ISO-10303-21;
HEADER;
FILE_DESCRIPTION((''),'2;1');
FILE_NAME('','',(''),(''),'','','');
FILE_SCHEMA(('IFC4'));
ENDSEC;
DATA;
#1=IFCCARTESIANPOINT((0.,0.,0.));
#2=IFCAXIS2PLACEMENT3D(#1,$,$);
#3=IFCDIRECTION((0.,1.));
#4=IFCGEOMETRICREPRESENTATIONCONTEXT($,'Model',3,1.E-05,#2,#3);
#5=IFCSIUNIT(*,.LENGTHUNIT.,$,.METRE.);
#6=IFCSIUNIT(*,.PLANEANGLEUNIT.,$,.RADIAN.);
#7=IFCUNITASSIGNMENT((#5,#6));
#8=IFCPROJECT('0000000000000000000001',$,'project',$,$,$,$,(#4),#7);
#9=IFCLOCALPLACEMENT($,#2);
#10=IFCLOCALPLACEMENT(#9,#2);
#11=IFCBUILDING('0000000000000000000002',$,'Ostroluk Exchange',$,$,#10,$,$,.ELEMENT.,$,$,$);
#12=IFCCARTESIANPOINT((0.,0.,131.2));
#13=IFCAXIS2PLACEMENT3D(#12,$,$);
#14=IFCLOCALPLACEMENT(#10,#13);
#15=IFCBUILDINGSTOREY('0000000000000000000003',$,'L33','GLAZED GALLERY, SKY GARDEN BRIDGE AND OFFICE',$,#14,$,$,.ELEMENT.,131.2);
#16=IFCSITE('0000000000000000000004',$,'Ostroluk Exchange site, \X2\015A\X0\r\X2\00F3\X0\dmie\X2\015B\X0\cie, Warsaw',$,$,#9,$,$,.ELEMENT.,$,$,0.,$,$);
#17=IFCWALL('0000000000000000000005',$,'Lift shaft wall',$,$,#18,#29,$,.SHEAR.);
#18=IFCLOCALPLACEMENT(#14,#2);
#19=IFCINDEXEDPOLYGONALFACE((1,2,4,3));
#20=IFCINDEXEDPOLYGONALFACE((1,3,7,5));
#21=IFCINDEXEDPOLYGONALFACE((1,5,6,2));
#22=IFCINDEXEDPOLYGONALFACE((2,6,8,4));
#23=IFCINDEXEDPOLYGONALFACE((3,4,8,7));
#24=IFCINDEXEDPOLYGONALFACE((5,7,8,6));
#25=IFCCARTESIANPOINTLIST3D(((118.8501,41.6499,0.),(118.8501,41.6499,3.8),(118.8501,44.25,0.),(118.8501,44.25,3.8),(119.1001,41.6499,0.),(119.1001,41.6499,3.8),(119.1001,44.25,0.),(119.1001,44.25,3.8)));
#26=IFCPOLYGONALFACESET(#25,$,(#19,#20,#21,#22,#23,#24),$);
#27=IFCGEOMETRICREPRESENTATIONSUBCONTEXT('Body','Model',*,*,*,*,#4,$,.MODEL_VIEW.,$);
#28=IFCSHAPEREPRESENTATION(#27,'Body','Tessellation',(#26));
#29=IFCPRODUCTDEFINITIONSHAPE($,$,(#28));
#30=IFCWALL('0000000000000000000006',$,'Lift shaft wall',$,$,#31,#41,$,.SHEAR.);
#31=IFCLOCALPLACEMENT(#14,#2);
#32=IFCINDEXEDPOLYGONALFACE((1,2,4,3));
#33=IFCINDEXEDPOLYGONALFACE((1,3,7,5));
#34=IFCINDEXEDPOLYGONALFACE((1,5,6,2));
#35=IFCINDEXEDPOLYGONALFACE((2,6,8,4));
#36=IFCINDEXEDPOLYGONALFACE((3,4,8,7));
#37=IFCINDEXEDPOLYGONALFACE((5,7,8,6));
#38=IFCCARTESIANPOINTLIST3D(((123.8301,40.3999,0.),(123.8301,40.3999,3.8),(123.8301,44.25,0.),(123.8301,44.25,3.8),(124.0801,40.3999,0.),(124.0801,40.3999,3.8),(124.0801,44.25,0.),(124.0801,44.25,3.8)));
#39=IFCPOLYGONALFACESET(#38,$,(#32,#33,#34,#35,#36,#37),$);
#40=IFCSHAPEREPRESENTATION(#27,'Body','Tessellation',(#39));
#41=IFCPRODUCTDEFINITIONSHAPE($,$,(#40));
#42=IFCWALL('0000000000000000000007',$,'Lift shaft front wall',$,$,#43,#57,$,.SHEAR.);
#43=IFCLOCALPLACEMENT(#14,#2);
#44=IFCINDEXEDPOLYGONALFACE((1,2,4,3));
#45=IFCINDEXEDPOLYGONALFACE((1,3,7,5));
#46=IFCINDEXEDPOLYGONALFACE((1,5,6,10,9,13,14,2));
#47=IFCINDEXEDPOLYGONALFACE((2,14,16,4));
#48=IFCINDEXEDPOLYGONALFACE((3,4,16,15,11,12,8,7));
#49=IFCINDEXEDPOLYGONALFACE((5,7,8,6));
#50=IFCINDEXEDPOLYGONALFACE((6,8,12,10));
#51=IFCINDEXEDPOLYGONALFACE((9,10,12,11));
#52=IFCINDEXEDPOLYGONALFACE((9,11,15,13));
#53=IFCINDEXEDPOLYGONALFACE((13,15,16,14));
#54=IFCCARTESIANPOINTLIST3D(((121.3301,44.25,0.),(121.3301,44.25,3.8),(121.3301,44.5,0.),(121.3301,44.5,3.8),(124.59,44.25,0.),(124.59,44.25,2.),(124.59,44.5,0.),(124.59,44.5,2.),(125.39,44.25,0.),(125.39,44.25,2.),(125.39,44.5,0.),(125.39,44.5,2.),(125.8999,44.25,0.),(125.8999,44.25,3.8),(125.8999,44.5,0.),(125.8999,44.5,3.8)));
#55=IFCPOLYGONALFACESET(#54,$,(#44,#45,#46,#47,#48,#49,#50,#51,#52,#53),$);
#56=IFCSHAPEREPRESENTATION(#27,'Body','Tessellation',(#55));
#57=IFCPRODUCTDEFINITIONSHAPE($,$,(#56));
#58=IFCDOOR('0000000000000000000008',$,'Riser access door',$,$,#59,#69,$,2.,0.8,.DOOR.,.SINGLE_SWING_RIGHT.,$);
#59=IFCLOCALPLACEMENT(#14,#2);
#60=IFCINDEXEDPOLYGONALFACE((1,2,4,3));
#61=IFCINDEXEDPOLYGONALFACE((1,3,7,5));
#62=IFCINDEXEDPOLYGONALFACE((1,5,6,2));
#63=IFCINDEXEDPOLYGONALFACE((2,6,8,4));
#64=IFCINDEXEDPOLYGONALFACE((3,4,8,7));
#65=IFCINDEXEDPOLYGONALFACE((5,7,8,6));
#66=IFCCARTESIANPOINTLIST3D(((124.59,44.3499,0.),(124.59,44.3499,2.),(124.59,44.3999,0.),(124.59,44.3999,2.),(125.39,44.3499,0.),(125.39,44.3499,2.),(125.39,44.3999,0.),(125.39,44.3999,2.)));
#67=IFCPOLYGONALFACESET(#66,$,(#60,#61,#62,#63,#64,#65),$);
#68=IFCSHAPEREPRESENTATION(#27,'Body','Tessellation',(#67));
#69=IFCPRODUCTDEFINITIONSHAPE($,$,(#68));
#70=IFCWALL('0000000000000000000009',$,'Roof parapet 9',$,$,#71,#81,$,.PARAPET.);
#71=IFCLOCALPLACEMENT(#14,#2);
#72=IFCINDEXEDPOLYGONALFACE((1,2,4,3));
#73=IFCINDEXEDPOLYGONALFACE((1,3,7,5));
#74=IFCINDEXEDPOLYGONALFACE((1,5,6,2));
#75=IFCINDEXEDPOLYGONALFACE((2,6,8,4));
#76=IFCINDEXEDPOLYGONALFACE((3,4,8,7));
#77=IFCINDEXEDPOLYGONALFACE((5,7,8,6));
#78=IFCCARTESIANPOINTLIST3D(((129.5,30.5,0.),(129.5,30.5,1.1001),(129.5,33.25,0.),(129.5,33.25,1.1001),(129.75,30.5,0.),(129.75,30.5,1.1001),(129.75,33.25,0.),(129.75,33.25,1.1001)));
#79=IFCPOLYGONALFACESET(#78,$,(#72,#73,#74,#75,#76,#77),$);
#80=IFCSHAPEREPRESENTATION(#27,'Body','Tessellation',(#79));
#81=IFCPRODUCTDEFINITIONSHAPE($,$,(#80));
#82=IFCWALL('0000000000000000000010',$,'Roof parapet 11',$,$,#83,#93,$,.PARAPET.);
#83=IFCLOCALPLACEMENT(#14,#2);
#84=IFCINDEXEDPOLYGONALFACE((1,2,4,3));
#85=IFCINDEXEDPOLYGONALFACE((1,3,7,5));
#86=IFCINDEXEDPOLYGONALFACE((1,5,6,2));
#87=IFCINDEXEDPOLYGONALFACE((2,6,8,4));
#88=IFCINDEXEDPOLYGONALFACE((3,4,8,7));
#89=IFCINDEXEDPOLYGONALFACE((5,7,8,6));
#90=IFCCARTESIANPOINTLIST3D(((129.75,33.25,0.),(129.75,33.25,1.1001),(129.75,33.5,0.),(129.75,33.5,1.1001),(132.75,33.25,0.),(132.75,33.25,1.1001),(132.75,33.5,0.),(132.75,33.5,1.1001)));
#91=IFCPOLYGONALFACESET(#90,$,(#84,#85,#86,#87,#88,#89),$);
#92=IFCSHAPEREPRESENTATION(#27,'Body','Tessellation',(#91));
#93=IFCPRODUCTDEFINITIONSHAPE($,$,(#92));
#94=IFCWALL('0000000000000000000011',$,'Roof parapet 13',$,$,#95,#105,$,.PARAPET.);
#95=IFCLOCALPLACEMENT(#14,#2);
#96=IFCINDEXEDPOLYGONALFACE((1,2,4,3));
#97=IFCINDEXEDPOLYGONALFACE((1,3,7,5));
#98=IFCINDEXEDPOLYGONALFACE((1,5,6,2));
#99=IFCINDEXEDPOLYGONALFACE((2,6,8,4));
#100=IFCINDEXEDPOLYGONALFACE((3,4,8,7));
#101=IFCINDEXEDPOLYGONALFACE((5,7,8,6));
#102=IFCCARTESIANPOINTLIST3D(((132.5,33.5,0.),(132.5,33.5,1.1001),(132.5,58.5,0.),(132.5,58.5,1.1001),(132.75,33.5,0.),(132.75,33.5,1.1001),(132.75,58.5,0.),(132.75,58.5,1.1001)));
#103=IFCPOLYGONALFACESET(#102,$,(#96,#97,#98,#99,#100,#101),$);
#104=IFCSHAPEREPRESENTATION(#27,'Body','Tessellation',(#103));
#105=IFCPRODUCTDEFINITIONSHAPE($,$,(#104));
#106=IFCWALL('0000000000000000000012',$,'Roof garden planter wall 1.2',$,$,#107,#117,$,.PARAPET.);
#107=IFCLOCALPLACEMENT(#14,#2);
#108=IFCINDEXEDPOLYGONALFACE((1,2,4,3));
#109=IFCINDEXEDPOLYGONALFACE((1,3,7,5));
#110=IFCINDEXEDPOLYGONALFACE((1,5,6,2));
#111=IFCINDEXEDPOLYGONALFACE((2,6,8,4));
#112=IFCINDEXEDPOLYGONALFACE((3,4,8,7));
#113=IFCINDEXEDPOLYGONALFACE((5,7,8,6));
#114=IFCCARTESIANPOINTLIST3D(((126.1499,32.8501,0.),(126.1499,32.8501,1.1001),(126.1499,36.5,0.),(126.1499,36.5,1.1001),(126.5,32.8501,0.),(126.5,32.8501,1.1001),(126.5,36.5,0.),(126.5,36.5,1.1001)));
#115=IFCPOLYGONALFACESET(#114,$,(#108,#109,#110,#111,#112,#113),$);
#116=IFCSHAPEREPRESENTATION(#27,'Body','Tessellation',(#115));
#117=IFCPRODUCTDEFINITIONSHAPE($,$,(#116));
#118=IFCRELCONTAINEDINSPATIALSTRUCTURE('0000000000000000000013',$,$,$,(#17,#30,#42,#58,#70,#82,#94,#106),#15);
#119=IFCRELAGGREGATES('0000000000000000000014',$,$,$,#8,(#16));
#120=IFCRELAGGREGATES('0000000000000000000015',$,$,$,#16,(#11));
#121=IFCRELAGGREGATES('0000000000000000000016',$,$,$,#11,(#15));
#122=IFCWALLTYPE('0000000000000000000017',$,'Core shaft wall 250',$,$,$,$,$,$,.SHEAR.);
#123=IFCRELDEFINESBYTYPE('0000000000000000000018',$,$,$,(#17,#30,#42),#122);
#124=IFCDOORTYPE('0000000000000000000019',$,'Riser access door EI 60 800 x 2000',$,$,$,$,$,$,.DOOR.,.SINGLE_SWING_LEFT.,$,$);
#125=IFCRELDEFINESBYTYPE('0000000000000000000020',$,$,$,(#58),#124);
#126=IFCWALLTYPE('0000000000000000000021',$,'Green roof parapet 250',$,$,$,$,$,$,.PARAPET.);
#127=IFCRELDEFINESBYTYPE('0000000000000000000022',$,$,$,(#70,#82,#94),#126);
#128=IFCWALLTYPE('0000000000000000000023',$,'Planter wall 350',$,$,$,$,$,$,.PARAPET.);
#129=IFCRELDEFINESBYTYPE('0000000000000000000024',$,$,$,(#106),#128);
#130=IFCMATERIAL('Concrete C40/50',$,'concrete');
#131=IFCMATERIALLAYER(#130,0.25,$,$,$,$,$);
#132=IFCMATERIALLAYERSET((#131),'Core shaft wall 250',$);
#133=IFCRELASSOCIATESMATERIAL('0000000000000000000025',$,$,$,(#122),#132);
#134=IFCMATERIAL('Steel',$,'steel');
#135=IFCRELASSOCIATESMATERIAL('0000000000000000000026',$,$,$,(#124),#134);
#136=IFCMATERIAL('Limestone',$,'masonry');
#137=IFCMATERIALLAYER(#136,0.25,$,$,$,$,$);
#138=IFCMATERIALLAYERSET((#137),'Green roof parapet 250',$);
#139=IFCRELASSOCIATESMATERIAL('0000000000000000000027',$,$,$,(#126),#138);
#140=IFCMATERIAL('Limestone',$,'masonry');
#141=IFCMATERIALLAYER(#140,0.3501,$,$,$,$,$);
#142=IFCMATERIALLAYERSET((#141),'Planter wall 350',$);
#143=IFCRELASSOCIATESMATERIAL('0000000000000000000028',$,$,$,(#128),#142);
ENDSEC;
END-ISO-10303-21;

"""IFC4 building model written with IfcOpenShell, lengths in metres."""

from ifc_helpers import new_model, si_unit, direction, frame, frame_2d, origin, place, context, subcontext, project, spatial, rectangle, extrude, material, layer, layer_set, type_object, element, fill, save


model = new_model("IFC4")

# Units and contexts
model_context = context("Model", 3, precision=1e-05, world=origin(), true_north=direction((0.0, 1.0)))
body_context = subcontext(model_context, "Body", "Model", "MODEL_VIEW")
ifc_project = project(units=[si_unit("LENGTHUNIT", "METRE"), si_unit("PLANEANGLEUNIT", "RADIAN")], contexts=[model_context])

# Site, building, storey
site_placement = place(None, origin())
site = spatial("IfcSite", under=ifc_project, at=site_placement, Name="Ostroluk Exchange site, Śródmieście, Warsaw", CompositionType="ELEMENT", RefElevation=0.0)
building_placement = place(site_placement, origin())
building = spatial("IfcBuilding", under=site, at=building_placement, Name="Ostroluk Exchange", CompositionType="ELEMENT")
storey_placement = place(building_placement, frame((0.0, 0.0, 131.2)))
storey = spatial("IfcBuildingStorey", under=building, at=storey_placement, Name="L33", Description="GLAZED GALLERY, SKY GARDEN BRIDGE AND OFFICE", CompositionType="ELEMENT", Elevation=131.2)

# Walls
ifc_material_1 = material(Name="Concrete C40/50", Category="concrete")
ifc_layer_1 = layer(ifc_material_1, 0.25)
ifc_layer_set_1 = layer_set([ifc_layer_1], Name="Core shaft wall 250")
wall_type_1 = type_object("IfcWallType", Name="Core shaft wall 250", PredefinedType="SHEAR", material=ifc_layer_set_1)
wall_1_placement = place(storey_placement, frame((118.9751, 44.25, 0.0), z_axis=(0.0, 0.0, 1.0), x_axis=(0.0, -1.0, 0.0)))
element("IfcWall", 1, at=wall_1_placement, inside=storey, type_object=wall_type_1, Name="Lift shaft wall", PredefinedType="SHEAR", context=body_context, shape_type="SweptSolid", body=[
    extrude(rectangle(XDim=2.6001, YDim=0.25, at=frame_2d((1.3, 0.0))), origin(), (0.0, 0.0, 1.0), 3.8),
])
wall_2_placement = place(storey_placement, frame((123.9551, 44.25, 0.0), z_axis=(0.0, 0.0, 1.0), x_axis=(0.0, -1.0, 0.0)))
element("IfcWall", 2, at=wall_2_placement, inside=storey, type_object=wall_type_1, Name="Lift shaft wall", PredefinedType="SHEAR", context=body_context, shape_type="SweptSolid", body=[
    extrude(rectangle(XDim=3.8501, YDim=0.25, at=frame_2d((1.925, 0.0))), origin(), (0.0, 0.0, 1.0), 3.8),
])

# Wall, opening, door
wall_3_placement = place(storey_placement, frame((121.3301, 44.375, 0.0), z_axis=(0.0, 0.0, 1.0), x_axis=(1.0, 0.0, 0.0)))
wall_3 = element("IfcWall", 3, at=wall_3_placement, inside=storey, type_object=wall_type_1, Name="Lift shaft front wall", PredefinedType="SHEAR", context=body_context, shape_type="SweptSolid", body=[
    extrude(rectangle(XDim=4.5698, YDim=0.25, at=frame_2d((2.2849, 0.0))), origin(), (0.0, 0.0, 1.0), 3.8),
])
opening_1_placement = place(wall_3_placement, frame((3.26, 0.0, 0.0)))
opening_1 = element("IfcOpeningElement", 4, at=opening_1_placement, cuts=wall_3, PredefinedType="OPENING", context=body_context, shape_type="SweptSolid", body=[
    extrude(rectangle(XDim=0.8, YDim=2.0, at=frame_2d((0.3999, 1.0))), frame((0.0, 0.135, 0.0), z_axis=(0.0, -1.0, 0.0), x_axis=(1.0, 0.0, 0.0)), (0.0, 0.0, 1.0), 0.27),
])
ifc_material_2 = material(Name="Steel", Category="steel")
door_type_1 = type_object("IfcDoorType", Name="Riser access door EI 60 800 x 2000", OperationType="SINGLE_SWING_LEFT", PredefinedType="DOOR", material=ifc_material_2)
door_1_placement = place(opening_1_placement, origin())
door_1 = element("IfcDoor", 5, at=door_1_placement, inside=storey, type_object=door_type_1, Name="Riser access door", OperationType="SINGLE_SWING_RIGHT", OverallHeight=2.0, OverallWidth=0.8, PredefinedType="DOOR", context=body_context, shape_type="SweptSolid", body=[
    extrude(rectangle(XDim=0.8, YDim=2.0, at=frame_2d((0.3999, 1.0))), frame((0.0, 0.0249, 0.0), z_axis=(0.0, -1.0, 0.0), x_axis=(1.0, 0.0, 0.0)), (0.0, 0.0, 1.0), 0.05),
])
fill(opening_1, door_1)

# Walls
ifc_material_3 = material(Name="Limestone", Category="masonry")
ifc_layer_2 = layer(ifc_material_3, 0.25)
ifc_layer_set_2 = layer_set([ifc_layer_2], Name="Green roof parapet 250")
wall_type_2 = type_object("IfcWallType", Name="Green roof parapet 250", PredefinedType="PARAPET", material=ifc_layer_set_2)
wall_4_placement = place(storey_placement, frame((129.625, 30.5, 0.0), z_axis=(0.0, 0.0, 1.0), x_axis=(0.0, 1.0, 0.0)))
element("IfcWall", 6, at=wall_4_placement, inside=storey, type_object=wall_type_2, Name="Roof parapet 9", PredefinedType="PARAPET", context=body_context, shape_type="SweptSolid", body=[
    extrude(rectangle(XDim=2.75, YDim=0.25, at=frame_2d((1.375, 0.0))), origin(), (0.0, 0.0, 1.0), 1.1001),
])
wall_5_placement = place(storey_placement, frame((129.75, 33.375, 0.0), z_axis=(0.0, 0.0, 1.0), x_axis=(1.0, 0.0, 0.0)))
element("IfcWall", 7, at=wall_5_placement, inside=storey, type_object=wall_type_2, Name="Roof parapet 11", PredefinedType="PARAPET", context=body_context, shape_type="SweptSolid", body=[
    extrude(rectangle(XDim=3.0, YDim=0.25, at=frame_2d((1.5, 0.0))), origin(), (0.0, 0.0, 1.0), 1.1001),
])
wall_6_placement = place(storey_placement, frame((132.625, 33.5, 0.0), z_axis=(0.0, 0.0, 1.0), x_axis=(0.0, 1.0, 0.0)))
element("IfcWall", 8, at=wall_6_placement, inside=storey, type_object=wall_type_2, Name="Roof parapet 13", PredefinedType="PARAPET", context=body_context, shape_type="SweptSolid", body=[
    extrude(rectangle(XDim=25.0, YDim=0.25, at=frame_2d((12.5, 0.0))), origin(), (0.0, 0.0, 1.0), 1.1001),
])
ifc_material_4 = material(Name="Limestone", Category="masonry")
ifc_layer_3 = layer(ifc_material_4, 0.3501)
ifc_layer_set_3 = layer_set([ifc_layer_3], Name="Planter wall 350")
wall_type_3 = type_object("IfcWallType", Name="Planter wall 350", PredefinedType="PARAPET", material=ifc_layer_set_3)
wall_7_placement = place(storey_placement, frame((126.325, 32.8501, 0.0), z_axis=(0.0, 0.0, 1.0), x_axis=(0.0, 1.0, 0.0)))
element("IfcWall", 9, at=wall_7_placement, inside=storey, type_object=wall_type_3, Name="Roof garden planter wall 1.2", PredefinedType="PARAPET", context=body_context, shape_type="SweptSolid", body=[
    extrude(rectangle(XDim=3.6499, YDim=0.3501, at=frame_2d((1.825, 0.0))), origin(), (0.0, 0.0, 1.0), 1.1001),
])

save(model, "model.ifc")
